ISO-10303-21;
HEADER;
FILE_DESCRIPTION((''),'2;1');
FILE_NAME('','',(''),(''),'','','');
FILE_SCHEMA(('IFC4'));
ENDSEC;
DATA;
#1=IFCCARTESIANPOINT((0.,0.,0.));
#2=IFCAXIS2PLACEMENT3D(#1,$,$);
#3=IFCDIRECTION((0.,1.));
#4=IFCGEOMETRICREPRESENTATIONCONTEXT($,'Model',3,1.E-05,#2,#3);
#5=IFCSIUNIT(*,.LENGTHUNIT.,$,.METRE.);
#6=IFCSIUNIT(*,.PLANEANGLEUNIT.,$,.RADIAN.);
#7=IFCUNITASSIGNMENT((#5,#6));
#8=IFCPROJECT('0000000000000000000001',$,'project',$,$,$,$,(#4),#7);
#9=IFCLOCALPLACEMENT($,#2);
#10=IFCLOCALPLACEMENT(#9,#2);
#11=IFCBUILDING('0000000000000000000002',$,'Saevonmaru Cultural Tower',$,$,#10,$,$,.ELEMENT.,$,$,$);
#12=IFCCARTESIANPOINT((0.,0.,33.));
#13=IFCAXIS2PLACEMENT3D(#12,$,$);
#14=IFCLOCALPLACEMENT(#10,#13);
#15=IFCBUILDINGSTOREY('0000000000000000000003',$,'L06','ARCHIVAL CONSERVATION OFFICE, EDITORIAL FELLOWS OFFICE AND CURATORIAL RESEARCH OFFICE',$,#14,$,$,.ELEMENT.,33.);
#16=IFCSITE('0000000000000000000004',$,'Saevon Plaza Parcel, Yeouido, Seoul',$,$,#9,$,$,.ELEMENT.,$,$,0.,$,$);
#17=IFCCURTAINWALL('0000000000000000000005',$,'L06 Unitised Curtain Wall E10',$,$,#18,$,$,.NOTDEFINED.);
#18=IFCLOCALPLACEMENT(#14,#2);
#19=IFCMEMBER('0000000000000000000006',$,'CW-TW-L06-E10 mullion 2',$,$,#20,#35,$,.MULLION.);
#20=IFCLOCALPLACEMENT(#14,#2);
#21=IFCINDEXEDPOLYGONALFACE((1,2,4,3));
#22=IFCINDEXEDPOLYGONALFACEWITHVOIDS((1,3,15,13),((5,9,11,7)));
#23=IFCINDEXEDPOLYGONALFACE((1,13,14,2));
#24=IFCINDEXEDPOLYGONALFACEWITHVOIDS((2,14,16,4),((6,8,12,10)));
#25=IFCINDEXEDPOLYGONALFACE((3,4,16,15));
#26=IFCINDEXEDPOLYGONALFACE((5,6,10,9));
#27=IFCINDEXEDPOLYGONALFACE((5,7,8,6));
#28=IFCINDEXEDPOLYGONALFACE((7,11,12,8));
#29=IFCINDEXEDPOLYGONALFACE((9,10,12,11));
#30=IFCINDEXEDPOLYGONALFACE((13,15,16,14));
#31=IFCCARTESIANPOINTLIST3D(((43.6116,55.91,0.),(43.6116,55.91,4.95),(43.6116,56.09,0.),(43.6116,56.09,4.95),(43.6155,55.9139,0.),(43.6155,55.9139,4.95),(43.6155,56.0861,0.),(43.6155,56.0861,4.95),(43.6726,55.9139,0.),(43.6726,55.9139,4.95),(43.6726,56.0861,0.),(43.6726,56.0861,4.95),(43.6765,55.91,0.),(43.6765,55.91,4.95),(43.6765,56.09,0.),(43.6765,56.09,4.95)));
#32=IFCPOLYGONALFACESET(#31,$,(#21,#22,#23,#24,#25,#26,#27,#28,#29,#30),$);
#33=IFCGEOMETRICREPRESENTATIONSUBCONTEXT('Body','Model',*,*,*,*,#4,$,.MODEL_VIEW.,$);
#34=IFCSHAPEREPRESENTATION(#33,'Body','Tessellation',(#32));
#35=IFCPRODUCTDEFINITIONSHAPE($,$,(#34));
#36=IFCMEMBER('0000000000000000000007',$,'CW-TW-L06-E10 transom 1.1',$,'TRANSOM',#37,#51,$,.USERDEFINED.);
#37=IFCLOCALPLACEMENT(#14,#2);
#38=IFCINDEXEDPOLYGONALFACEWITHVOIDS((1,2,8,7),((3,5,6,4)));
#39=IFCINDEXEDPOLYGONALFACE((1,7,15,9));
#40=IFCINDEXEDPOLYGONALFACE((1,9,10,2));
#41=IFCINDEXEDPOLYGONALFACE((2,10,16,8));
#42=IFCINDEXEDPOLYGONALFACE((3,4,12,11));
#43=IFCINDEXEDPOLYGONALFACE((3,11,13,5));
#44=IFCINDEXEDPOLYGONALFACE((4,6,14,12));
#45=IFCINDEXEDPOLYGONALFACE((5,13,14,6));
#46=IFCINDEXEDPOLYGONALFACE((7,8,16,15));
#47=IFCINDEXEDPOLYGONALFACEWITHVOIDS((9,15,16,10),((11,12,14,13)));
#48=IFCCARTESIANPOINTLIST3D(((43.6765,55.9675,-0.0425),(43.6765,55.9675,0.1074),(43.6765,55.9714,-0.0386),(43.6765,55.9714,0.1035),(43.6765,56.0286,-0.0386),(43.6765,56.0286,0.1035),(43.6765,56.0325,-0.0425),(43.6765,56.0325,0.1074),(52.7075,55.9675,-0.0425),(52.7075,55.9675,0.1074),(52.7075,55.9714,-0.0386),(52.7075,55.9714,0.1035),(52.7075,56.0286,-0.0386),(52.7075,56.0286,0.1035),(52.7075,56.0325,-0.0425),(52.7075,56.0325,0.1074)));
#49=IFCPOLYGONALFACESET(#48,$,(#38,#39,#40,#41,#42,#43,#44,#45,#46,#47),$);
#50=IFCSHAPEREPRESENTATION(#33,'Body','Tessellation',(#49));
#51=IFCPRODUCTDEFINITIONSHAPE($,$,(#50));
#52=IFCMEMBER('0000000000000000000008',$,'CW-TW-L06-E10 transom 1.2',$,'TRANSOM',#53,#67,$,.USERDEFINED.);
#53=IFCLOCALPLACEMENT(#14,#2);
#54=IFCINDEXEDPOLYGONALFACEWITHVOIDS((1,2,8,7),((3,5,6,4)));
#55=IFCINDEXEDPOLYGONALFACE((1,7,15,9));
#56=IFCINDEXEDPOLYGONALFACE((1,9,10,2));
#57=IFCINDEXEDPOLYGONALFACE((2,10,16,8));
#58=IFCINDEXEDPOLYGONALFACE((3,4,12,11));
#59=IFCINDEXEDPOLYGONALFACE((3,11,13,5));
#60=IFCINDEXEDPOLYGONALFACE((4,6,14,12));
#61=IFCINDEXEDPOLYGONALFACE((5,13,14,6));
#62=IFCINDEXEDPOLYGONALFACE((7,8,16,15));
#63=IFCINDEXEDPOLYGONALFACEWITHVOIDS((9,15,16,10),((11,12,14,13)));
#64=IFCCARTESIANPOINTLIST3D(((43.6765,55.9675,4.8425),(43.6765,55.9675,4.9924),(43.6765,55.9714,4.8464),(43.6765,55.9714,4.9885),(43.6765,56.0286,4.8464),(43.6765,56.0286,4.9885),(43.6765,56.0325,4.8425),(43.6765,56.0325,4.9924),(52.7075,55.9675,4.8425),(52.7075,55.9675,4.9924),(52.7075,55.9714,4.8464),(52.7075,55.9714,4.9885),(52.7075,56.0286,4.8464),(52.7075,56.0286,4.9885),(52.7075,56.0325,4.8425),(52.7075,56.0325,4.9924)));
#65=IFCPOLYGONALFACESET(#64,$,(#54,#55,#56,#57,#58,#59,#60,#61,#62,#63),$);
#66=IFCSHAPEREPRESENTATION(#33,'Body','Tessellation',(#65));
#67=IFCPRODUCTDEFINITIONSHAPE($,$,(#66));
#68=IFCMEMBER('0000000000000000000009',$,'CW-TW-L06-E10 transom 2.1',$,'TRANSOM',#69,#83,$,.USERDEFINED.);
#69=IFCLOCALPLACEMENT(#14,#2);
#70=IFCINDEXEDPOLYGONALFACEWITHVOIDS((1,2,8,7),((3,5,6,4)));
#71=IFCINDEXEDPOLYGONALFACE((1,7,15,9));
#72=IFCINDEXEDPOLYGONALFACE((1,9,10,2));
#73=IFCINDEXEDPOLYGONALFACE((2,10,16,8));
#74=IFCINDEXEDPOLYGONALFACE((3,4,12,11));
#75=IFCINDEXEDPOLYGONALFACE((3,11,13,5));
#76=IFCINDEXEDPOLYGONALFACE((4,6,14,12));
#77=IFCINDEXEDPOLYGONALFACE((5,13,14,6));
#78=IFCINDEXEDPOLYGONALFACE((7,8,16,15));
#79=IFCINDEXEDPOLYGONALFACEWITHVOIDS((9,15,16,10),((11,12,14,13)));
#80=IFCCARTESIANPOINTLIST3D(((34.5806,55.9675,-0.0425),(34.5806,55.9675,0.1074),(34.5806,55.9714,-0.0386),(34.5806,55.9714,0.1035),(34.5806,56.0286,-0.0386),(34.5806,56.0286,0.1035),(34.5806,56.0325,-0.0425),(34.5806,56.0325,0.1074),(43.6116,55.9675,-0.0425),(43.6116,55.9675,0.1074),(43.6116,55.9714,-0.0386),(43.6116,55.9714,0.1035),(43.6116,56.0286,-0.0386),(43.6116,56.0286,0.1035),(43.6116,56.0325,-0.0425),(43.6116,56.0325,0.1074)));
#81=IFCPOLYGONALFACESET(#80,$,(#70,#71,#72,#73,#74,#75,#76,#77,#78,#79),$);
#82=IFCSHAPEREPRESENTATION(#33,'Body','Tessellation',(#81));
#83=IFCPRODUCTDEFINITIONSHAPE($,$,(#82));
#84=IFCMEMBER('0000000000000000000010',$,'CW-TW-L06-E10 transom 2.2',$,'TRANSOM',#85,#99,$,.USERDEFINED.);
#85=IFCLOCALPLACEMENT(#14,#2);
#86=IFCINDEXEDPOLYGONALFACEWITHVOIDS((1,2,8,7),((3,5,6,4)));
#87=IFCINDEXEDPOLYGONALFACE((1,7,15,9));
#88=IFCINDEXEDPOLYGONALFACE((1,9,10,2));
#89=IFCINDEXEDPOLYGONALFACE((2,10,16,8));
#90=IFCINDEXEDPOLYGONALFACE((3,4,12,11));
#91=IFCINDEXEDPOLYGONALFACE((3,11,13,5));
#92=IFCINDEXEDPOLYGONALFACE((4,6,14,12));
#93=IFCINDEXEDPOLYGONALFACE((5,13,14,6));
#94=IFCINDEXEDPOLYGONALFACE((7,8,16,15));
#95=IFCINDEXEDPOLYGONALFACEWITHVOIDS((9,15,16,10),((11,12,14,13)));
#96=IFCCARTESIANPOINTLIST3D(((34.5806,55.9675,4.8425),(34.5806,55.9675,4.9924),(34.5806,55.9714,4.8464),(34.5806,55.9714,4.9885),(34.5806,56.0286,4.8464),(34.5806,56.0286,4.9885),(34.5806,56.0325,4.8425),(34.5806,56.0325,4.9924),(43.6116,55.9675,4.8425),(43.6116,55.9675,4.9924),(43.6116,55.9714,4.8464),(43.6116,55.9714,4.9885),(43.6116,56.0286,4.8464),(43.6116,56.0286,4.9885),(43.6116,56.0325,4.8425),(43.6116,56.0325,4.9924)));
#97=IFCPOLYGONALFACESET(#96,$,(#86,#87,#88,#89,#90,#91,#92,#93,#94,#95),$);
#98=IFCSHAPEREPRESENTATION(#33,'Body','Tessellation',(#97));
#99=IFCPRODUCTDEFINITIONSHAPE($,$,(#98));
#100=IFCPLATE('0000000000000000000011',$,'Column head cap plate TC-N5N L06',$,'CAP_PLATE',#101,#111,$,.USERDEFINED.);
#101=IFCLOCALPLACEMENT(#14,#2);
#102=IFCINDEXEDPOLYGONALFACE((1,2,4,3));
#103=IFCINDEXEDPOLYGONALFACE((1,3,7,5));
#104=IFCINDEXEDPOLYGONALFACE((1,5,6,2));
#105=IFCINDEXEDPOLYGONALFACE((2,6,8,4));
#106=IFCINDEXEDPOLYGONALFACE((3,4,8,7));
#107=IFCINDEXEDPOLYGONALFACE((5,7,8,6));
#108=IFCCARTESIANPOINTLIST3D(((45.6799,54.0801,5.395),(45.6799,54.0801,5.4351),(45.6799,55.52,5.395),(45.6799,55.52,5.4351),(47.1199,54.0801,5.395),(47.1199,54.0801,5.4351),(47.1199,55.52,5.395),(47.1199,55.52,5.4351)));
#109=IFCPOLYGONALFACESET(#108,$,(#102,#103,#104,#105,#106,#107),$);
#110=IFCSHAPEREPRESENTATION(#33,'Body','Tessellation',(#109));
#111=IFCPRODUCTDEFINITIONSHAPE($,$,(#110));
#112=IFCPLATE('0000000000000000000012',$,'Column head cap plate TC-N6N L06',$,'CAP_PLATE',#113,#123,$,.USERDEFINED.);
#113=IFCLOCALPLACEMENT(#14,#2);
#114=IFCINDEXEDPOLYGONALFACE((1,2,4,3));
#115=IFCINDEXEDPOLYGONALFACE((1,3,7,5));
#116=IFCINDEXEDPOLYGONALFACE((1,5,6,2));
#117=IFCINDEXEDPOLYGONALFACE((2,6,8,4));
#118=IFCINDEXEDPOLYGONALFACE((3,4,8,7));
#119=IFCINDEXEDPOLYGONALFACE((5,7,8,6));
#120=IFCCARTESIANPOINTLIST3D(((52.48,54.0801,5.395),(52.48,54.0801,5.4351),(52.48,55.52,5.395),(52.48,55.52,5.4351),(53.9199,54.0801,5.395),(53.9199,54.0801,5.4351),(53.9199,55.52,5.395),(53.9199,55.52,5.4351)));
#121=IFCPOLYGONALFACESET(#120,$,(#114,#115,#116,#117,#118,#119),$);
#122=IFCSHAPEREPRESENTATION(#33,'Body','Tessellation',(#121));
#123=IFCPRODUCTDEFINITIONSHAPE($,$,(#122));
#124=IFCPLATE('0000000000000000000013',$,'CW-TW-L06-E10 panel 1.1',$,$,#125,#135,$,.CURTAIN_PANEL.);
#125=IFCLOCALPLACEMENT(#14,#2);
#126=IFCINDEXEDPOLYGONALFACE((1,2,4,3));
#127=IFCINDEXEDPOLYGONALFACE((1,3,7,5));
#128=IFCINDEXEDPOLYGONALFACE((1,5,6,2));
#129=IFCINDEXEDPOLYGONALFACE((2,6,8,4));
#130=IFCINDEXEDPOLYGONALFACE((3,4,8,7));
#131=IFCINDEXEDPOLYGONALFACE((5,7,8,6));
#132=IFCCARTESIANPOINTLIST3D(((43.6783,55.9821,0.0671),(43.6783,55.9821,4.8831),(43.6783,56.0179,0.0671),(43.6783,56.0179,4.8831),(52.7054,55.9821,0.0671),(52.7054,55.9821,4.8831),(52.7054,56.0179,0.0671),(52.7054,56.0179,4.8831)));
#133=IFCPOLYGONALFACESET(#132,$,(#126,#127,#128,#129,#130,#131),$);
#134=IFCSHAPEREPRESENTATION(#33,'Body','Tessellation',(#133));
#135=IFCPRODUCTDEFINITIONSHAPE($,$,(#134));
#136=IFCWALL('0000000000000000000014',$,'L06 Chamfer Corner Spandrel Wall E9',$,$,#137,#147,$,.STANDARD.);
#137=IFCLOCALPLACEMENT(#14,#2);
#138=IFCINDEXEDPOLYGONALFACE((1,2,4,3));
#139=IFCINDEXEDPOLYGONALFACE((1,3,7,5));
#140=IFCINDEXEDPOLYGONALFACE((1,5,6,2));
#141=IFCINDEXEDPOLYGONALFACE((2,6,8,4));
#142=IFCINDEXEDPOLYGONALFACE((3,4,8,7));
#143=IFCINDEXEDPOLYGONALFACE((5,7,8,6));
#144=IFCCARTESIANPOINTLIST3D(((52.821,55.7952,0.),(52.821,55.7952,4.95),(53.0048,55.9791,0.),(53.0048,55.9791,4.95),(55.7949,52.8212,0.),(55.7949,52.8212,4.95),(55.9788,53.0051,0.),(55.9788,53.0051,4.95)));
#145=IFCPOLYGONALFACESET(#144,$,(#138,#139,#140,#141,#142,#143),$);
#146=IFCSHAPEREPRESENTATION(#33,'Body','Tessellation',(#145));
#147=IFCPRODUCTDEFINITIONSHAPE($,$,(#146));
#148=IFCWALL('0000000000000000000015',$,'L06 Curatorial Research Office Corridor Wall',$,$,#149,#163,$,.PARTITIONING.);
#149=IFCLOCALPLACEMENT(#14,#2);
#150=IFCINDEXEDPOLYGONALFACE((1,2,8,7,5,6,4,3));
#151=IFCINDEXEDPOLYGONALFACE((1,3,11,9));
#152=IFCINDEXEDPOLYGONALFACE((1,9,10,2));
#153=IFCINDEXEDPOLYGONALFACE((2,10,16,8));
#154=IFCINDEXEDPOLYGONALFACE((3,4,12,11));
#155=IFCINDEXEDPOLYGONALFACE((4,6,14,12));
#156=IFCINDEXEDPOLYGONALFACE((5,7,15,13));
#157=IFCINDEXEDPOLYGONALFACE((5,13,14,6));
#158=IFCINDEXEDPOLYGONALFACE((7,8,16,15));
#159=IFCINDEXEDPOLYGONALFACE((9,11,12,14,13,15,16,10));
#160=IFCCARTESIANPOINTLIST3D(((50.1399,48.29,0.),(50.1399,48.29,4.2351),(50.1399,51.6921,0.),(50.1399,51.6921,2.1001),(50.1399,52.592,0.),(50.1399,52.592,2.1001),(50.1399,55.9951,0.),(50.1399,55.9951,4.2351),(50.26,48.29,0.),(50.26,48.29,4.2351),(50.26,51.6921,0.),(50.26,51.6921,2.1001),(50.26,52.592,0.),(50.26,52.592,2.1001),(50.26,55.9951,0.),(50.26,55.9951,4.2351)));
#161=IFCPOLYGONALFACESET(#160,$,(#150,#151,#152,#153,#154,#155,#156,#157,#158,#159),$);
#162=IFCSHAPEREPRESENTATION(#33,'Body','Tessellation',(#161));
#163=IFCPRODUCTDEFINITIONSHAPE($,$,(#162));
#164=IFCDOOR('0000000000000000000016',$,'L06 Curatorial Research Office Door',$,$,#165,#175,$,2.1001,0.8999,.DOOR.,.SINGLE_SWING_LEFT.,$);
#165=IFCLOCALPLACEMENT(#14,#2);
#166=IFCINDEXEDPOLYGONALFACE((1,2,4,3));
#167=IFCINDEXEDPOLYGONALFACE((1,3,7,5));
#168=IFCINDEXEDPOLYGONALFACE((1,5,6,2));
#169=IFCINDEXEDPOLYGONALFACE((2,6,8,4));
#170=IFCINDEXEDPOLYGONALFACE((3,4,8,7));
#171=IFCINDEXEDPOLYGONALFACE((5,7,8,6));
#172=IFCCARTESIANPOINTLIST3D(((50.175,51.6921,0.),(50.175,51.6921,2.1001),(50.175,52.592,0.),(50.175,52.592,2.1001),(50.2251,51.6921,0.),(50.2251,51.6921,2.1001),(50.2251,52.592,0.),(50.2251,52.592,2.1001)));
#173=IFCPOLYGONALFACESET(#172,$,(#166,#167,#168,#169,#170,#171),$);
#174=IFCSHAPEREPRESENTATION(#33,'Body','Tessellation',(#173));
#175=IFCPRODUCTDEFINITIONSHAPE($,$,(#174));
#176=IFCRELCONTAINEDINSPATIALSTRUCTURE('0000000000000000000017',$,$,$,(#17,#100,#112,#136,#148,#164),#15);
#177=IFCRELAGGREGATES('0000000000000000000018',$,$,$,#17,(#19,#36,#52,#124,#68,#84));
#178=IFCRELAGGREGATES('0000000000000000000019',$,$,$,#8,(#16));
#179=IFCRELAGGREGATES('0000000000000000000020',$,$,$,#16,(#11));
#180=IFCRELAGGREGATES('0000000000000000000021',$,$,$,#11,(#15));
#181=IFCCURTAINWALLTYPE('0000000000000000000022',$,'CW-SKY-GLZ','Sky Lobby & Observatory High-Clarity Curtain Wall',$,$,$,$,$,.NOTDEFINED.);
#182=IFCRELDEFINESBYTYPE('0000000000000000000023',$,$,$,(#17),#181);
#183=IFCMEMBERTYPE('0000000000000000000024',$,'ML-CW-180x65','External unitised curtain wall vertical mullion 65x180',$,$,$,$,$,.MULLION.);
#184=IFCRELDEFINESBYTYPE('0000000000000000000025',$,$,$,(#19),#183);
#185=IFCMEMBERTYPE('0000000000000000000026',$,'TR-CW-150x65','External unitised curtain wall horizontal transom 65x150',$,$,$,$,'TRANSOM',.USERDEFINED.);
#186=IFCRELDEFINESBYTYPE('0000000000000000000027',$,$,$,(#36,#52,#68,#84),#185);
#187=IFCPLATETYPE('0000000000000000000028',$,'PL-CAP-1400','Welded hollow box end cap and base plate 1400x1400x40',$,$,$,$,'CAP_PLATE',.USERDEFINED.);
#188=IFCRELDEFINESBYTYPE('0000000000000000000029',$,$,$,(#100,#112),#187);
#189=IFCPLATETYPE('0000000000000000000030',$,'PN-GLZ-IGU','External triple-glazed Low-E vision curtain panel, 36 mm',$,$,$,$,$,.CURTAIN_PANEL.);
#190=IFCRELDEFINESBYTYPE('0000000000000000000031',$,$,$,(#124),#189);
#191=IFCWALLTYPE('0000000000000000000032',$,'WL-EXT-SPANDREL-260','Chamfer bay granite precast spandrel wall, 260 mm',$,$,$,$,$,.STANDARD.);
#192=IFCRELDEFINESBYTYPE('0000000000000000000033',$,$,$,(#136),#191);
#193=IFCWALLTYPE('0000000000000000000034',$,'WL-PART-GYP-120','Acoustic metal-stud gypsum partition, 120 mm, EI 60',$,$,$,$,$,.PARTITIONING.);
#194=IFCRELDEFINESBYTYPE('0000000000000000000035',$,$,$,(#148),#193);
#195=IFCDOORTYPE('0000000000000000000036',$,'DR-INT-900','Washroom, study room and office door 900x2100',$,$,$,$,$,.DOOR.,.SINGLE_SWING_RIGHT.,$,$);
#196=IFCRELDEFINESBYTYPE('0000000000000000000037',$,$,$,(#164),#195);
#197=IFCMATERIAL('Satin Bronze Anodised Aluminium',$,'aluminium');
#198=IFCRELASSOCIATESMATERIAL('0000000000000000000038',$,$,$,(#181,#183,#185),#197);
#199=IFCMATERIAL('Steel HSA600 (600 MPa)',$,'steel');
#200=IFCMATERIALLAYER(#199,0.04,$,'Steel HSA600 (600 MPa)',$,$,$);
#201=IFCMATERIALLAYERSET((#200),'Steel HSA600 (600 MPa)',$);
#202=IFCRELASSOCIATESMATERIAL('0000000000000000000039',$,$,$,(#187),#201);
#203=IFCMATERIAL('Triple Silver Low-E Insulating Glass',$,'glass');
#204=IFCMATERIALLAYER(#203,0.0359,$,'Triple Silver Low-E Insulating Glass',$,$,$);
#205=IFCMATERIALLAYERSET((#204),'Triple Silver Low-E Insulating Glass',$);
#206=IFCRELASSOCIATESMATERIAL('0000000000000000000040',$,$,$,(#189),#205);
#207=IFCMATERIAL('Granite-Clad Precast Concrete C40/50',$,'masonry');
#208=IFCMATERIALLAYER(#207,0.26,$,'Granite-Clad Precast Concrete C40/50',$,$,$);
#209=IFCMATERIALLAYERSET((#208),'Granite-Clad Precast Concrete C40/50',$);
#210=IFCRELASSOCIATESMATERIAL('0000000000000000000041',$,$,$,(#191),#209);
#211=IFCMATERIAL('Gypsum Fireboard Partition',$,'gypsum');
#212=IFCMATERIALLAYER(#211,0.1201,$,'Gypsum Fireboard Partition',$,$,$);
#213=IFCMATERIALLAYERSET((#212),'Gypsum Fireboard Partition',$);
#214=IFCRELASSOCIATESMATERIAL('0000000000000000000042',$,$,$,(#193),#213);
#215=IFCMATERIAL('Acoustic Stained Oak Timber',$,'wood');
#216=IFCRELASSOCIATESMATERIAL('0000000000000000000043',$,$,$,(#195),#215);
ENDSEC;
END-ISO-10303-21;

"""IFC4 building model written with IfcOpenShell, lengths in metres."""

from ifc_helpers import new_model, si_unit, direction, frame, frame_2d, origin, origin_2d, place, context, subcontext, project, spatial, rectangle, hollow_rectangle, extrude, material, layer, layer_set, material_profile, profile_set, type_object, element, fill, aggregate, save


model = new_model("IFC4")

# Units and contexts
model_context = context("Model", 3, precision=1e-05, world=origin(), true_north=direction((0.0, 1.0)))
body_context = subcontext(model_context, "Body", "Model", "MODEL_VIEW")
ifc_project = project(units=[si_unit("LENGTHUNIT", "METRE"), si_unit("PLANEANGLEUNIT", "RADIAN")], contexts=[model_context])

# Site, building, storey
site_placement = place(None, origin())
site = spatial("IfcSite", under=ifc_project, at=site_placement, Name="Saevon Plaza Parcel, Yeouido, Seoul", CompositionType="ELEMENT", RefElevation=0.0)
building_placement = place(site_placement, origin())
building = spatial("IfcBuilding", under=site, at=building_placement, Name="Saevonmaru Cultural Tower", CompositionType="ELEMENT")
storey_placement = place(building_placement, frame((0.0, 0.0, 33.0)))
storey = spatial("IfcBuildingStorey", under=building, at=storey_placement, Name="L06", Description="ARCHIVAL CONSERVATION OFFICE, EDITORIAL FELLOWS OFFICE AND CURATORIAL RESEARCH OFFICE", CompositionType="ELEMENT", Elevation=33.0)

# Shared definitions
ifc_material_1 = material(Name="Steel HSA600 (600 MPa)", Category="steel")

# Shared definitions
ifc_material_2 = material(Name="Satin Bronze Anodised Aluminium", Category="aluminium")
curtain_wall_type = type_object("IfcCurtainWallType", Name="CW-SKY-GLZ", Description="Sky Lobby & Observatory High-Clarity Curtain Wall", PredefinedType="NOTDEFINED", material=ifc_material_2)
ifc_material_profile_1 = material_profile(ifc_material_2, hollow_rectangle(XDim=0.0649, YDim=0.1799, WallThickness=0.0039, at=origin_2d()), Name="ALU-MULL-180x65x4")
ifc_profile_set_1 = profile_set([ifc_material_profile_1], Name="Satin Bronze Anodised Aluminium")
member_type_1 = type_object("IfcMemberType", Name="ML-CW-180x65", Description="External unitised curtain wall vertical mullion 65x180", PredefinedType="MULLION", material=ifc_profile_set_1)

# Curtain wall, members
curtain_wall_1_placement = place(storey_placement, origin())
curtain_wall_1 = element("IfcCurtainWall", 1, at=curtain_wall_1_placement, inside=storey, type_object=curtain_wall_type, Name="L06 Unitised Curtain Wall E10", PredefinedType="NOTDEFINED")
member_1_placement = place(storey_placement, frame((43.644, 56.0, 0.0), z_axis=(0.0, 0.0, 1.0), x_axis=(-1.0, 0.0, 0.0)))
member_1 = element("IfcMember", 2, at=member_1_placement, type_object=member_type_1, Name="CW-TW-L06-E10 mullion 2", PredefinedType="MULLION", context=body_context, shape_type="SweptSolid", body=[
    extrude(hollow_rectangle(XDim=0.0649, YDim=0.1799, WallThickness=0.0039, at=origin_2d()), origin(), (0.0, 0.0, 1.0), 4.95),
])
ifc_material_profile_2 = material_profile(ifc_material_2, hollow_rectangle(XDim=0.0649, YDim=0.1499, WallThickness=0.0039, at=origin_2d()), Name="ALU-TRAN-150x65x4")
ifc_profile_set_2 = profile_set([ifc_material_profile_2], Name="Satin Bronze Anodised Aluminium")
member_type_2 = type_object("IfcMemberType", Name="TR-CW-150x65", Description="External unitised curtain wall horizontal transom 65x150", ElementType="TRANSOM", PredefinedType="USERDEFINED", material=ifc_profile_set_2)
member_2_placement = place(storey_placement, frame((52.7075, 56.0, 0.0325), z_axis=(-1.0, 0.0, 0.0), x_axis=(0.0, -1.0, 0.0)))
member_2 = element("IfcMember", 3, at=member_2_placement, type_object=member_type_2, Name="CW-TW-L06-E10 transom 1.1", ObjectType="TRANSOM", PredefinedType="USERDEFINED", context=body_context, shape_type="SweptSolid", body=[
    extrude(hollow_rectangle(XDim=0.0649, YDim=0.1499, WallThickness=0.0039, at=origin_2d()), origin(), (0.0, 0.0, 1.0), 9.031),
])
member_3_placement = place(storey_placement, frame((52.7075, 56.0, 4.9175), z_axis=(-1.0, 0.0, 0.0), x_axis=(0.0, -1.0, 0.0)))
member_3 = element("IfcMember", 4, at=member_3_placement, type_object=member_type_2, Name="CW-TW-L06-E10 transom 1.2", ObjectType="TRANSOM", PredefinedType="USERDEFINED", context=body_context, shape_type="SweptSolid", body=[
    extrude(hollow_rectangle(XDim=0.0649, YDim=0.1499, WallThickness=0.0039, at=origin_2d()), origin(), (0.0, 0.0, 1.0), 9.031),
])
member_4_placement = place(storey_placement, frame((43.6116, 56.0, 0.0325), z_axis=(-1.0, 0.0, 0.0), x_axis=(0.0, -1.0, 0.0)))
member_4 = element("IfcMember", 5, at=member_4_placement, type_object=member_type_2, Name="CW-TW-L06-E10 transom 2.1", ObjectType="TRANSOM", PredefinedType="USERDEFINED", context=body_context, shape_type="SweptSolid", body=[
    extrude(hollow_rectangle(XDim=0.0649, YDim=0.1499, WallThickness=0.0039, at=origin_2d()), origin(), (0.0, 0.0, 1.0), 9.031),
])
member_5_placement = place(storey_placement, frame((43.6116, 56.0, 4.9175), z_axis=(-1.0, 0.0, 0.0), x_axis=(0.0, -1.0, 0.0)))
member_5 = element("IfcMember", 6, at=member_5_placement, type_object=member_type_2, Name="CW-TW-L06-E10 transom 2.2", ObjectType="TRANSOM", PredefinedType="USERDEFINED", context=body_context, shape_type="SweptSolid", body=[
    extrude(hollow_rectangle(XDim=0.0649, YDim=0.1499, WallThickness=0.0039, at=origin_2d()), origin(), (0.0, 0.0, 1.0), 9.031),
])

# Plates
ifc_layer_1 = layer(ifc_material_1, 0.04, Name="Steel HSA600 (600 MPa)")
ifc_layer_set_1 = layer_set([ifc_layer_1], Name="Steel HSA600 (600 MPa)")
plate_type_1 = type_object("IfcPlateType", Name="PL-CAP-1400", Description="Welded hollow box end cap and base plate 1400x1400x40", ElementType="CAP_PLATE", PredefinedType="USERDEFINED", material=ifc_layer_set_1)
for number, where, z_axis, x_axis, name in (
    (7, (46.3999, 54.8, 5.395), (0.0, 0.0, 1.0), (1.0, 0.0, 0.0), "Column head cap plate TC-N5N L06"),
    (8, (53.2, 54.8, 5.395), (0.0, 0.0, 1.0), (1.0, 0.0, 0.0), "Column head cap plate TC-N6N L06"),
):
    element("IfcPlate", number, at=place(storey_placement, frame(where, z_axis=z_axis, x_axis=x_axis)), inside=storey, type_object=plate_type_1, Name=name, ObjectType="CAP_PLATE", PredefinedType="USERDEFINED", context=body_context, shape_type="SweptSolid", body=[
        extrude(rectangle(XDim=1.4399, YDim=1.4399, at=origin_2d()), origin(), (0.0, 0.0, 1.0), 0.04),
    ])

# Plate
ifc_material_3 = material(Name="Triple Silver Low-E Insulating Glass", Category="glass")
ifc_layer_2 = layer(ifc_material_3, 0.0359, Name="Triple Silver Low-E Insulating Glass")
ifc_layer_set_2 = layer_set([ifc_layer_2], Name="Triple Silver Low-E Insulating Glass")
plate_type_2 = type_object("IfcPlateType", Name="PN-GLZ-IGU", Description="External triple-glazed Low-E vision curtain panel, 36 mm", PredefinedType="CURTAIN_PANEL", material=ifc_layer_set_2)
plate_placement = place(storey_placement, frame((48.1919, 56.0, 0.0671), z_axis=(0.0, 0.0, 1.0), x_axis=(-1.0, 0.0, 0.0)))
plate = element("IfcPlate", 9, at=plate_placement, type_object=plate_type_2, Name="CW-TW-L06-E10 panel 1.1", PredefinedType="CURTAIN_PANEL", context=body_context, shape_type="SweptSolid", body=[
    extrude(rectangle(XDim=9.0271, YDim=0.0359, at=origin_2d()), origin(), (0.0, 0.0, 1.0), 4.8159),
])
aggregate(curtain_wall_1, [member_1, member_2, member_3, plate, member_4, member_5])

# Wall
ifc_material_4 = material(Name="Granite-Clad Precast Concrete C40/50", Category="masonry")
ifc_layer_3 = layer(ifc_material_4, 0.26, Name="Granite-Clad Precast Concrete C40/50")
ifc_layer_set_3 = layer_set([ifc_layer_3], Name="Granite-Clad Precast Concrete C40/50")
wall_type_1 = type_object("IfcWallType", Name="WL-EXT-SPANDREL-260", Description="Chamfer bay granite precast spandrel wall, 260 mm", PredefinedType="STANDARD", material=ifc_layer_set_3)
wall_1_placement = place(storey_placement, frame((55.887, 52.9131, 0.0), z_axis=(0.0, 0.0, 1.0), x_axis=(-0.707107, 0.707107, 0.0)))
element("IfcWall", 10, at=wall_1_placement, inside=storey, type_object=wall_type_1, Name="L06 Chamfer Corner Spandrel Wall E9", PredefinedType="STANDARD", context=body_context, shape_type="SweptSolid", body=[
    extrude(rectangle(XDim=4.2058, YDim=0.26, at=frame_2d((2.103, 0.0))), origin(), (0.0, 0.0, 1.0), 4.95),
])

# Wall, opening, door
ifc_material_5 = material(Name="Gypsum Fireboard Partition", Category="gypsum")
ifc_layer_4 = layer(ifc_material_5, 0.1201, Name="Gypsum Fireboard Partition")
ifc_layer_set_4 = layer_set([ifc_layer_4], Name="Gypsum Fireboard Partition")
wall_type_2 = type_object("IfcWallType", Name="WL-PART-GYP-120", Description="Acoustic metal-stud gypsum partition, 120 mm, EI 60", PredefinedType="PARTITIONING", material=ifc_layer_set_4)
wall_2_placement = place(storey_placement, frame((50.2, 48.29, 0.0), z_axis=(0.0, 0.0, 1.0), x_axis=(0.0, 1.0, 0.0)))
wall_2 = element("IfcWall", 11, at=wall_2_placement, inside=storey, type_object=wall_type_2, Name="L06 Curatorial Research Office Corridor Wall", PredefinedType="PARTITIONING", context=body_context, shape_type="SweptSolid", body=[
    extrude(rectangle(XDim=7.7051, YDim=0.1201, at=frame_2d((3.8525, 0.0))), origin(), (0.0, 0.0, 1.0), 4.2351),
])
opening_1_placement = place(wall_2_placement, frame((3.4021, 0.0, 0.0)))
opening_1 = element("IfcOpeningElement", 12, at=opening_1_placement, cuts=wall_2, PredefinedType="OPENING", context=body_context, shape_type="SweptSolid", body=[
    extrude(rectangle(XDim=0.8999, YDim=2.1001, at=frame_2d((0.45, 1.05))), frame((0.0, 0.0701, 0.0), z_axis=(0.0, -1.0, 0.0), x_axis=(1.0, 0.0, 0.0)), (0.0, 0.0, 1.0), 0.1401),
])
ifc_material_6 = material(Name="Acoustic Stained Oak Timber", Category="wood")
door_type_1 = type_object("IfcDoorType", Name="DR-INT-900", Description="Washroom, study room and office door 900x2100", OperationType="SINGLE_SWING_RIGHT", PredefinedType="DOOR", material=ifc_material_6)
door_1_placement = place(opening_1_placement, origin())
door_1 = element("IfcDoor", 13, at=door_1_placement, inside=storey, type_object=door_type_1, Name="L06 Curatorial Research Office Door", OperationType="SINGLE_SWING_LEFT", OverallHeight=2.1001, OverallWidth=0.8999, PredefinedType="DOOR", context=body_context, shape_type="SweptSolid", body=[
    extrude(rectangle(XDim=0.8999, YDim=2.1001, at=frame_2d((0.45, 1.05))), frame((0.0, 0.0249, 0.0), z_axis=(0.0, -1.0, 0.0), x_axis=(1.0, 0.0, 0.0)), (0.0, 0.0, 1.0), 0.05),
])
fill(opening_1, door_1)

save(model, "model.ifc")
